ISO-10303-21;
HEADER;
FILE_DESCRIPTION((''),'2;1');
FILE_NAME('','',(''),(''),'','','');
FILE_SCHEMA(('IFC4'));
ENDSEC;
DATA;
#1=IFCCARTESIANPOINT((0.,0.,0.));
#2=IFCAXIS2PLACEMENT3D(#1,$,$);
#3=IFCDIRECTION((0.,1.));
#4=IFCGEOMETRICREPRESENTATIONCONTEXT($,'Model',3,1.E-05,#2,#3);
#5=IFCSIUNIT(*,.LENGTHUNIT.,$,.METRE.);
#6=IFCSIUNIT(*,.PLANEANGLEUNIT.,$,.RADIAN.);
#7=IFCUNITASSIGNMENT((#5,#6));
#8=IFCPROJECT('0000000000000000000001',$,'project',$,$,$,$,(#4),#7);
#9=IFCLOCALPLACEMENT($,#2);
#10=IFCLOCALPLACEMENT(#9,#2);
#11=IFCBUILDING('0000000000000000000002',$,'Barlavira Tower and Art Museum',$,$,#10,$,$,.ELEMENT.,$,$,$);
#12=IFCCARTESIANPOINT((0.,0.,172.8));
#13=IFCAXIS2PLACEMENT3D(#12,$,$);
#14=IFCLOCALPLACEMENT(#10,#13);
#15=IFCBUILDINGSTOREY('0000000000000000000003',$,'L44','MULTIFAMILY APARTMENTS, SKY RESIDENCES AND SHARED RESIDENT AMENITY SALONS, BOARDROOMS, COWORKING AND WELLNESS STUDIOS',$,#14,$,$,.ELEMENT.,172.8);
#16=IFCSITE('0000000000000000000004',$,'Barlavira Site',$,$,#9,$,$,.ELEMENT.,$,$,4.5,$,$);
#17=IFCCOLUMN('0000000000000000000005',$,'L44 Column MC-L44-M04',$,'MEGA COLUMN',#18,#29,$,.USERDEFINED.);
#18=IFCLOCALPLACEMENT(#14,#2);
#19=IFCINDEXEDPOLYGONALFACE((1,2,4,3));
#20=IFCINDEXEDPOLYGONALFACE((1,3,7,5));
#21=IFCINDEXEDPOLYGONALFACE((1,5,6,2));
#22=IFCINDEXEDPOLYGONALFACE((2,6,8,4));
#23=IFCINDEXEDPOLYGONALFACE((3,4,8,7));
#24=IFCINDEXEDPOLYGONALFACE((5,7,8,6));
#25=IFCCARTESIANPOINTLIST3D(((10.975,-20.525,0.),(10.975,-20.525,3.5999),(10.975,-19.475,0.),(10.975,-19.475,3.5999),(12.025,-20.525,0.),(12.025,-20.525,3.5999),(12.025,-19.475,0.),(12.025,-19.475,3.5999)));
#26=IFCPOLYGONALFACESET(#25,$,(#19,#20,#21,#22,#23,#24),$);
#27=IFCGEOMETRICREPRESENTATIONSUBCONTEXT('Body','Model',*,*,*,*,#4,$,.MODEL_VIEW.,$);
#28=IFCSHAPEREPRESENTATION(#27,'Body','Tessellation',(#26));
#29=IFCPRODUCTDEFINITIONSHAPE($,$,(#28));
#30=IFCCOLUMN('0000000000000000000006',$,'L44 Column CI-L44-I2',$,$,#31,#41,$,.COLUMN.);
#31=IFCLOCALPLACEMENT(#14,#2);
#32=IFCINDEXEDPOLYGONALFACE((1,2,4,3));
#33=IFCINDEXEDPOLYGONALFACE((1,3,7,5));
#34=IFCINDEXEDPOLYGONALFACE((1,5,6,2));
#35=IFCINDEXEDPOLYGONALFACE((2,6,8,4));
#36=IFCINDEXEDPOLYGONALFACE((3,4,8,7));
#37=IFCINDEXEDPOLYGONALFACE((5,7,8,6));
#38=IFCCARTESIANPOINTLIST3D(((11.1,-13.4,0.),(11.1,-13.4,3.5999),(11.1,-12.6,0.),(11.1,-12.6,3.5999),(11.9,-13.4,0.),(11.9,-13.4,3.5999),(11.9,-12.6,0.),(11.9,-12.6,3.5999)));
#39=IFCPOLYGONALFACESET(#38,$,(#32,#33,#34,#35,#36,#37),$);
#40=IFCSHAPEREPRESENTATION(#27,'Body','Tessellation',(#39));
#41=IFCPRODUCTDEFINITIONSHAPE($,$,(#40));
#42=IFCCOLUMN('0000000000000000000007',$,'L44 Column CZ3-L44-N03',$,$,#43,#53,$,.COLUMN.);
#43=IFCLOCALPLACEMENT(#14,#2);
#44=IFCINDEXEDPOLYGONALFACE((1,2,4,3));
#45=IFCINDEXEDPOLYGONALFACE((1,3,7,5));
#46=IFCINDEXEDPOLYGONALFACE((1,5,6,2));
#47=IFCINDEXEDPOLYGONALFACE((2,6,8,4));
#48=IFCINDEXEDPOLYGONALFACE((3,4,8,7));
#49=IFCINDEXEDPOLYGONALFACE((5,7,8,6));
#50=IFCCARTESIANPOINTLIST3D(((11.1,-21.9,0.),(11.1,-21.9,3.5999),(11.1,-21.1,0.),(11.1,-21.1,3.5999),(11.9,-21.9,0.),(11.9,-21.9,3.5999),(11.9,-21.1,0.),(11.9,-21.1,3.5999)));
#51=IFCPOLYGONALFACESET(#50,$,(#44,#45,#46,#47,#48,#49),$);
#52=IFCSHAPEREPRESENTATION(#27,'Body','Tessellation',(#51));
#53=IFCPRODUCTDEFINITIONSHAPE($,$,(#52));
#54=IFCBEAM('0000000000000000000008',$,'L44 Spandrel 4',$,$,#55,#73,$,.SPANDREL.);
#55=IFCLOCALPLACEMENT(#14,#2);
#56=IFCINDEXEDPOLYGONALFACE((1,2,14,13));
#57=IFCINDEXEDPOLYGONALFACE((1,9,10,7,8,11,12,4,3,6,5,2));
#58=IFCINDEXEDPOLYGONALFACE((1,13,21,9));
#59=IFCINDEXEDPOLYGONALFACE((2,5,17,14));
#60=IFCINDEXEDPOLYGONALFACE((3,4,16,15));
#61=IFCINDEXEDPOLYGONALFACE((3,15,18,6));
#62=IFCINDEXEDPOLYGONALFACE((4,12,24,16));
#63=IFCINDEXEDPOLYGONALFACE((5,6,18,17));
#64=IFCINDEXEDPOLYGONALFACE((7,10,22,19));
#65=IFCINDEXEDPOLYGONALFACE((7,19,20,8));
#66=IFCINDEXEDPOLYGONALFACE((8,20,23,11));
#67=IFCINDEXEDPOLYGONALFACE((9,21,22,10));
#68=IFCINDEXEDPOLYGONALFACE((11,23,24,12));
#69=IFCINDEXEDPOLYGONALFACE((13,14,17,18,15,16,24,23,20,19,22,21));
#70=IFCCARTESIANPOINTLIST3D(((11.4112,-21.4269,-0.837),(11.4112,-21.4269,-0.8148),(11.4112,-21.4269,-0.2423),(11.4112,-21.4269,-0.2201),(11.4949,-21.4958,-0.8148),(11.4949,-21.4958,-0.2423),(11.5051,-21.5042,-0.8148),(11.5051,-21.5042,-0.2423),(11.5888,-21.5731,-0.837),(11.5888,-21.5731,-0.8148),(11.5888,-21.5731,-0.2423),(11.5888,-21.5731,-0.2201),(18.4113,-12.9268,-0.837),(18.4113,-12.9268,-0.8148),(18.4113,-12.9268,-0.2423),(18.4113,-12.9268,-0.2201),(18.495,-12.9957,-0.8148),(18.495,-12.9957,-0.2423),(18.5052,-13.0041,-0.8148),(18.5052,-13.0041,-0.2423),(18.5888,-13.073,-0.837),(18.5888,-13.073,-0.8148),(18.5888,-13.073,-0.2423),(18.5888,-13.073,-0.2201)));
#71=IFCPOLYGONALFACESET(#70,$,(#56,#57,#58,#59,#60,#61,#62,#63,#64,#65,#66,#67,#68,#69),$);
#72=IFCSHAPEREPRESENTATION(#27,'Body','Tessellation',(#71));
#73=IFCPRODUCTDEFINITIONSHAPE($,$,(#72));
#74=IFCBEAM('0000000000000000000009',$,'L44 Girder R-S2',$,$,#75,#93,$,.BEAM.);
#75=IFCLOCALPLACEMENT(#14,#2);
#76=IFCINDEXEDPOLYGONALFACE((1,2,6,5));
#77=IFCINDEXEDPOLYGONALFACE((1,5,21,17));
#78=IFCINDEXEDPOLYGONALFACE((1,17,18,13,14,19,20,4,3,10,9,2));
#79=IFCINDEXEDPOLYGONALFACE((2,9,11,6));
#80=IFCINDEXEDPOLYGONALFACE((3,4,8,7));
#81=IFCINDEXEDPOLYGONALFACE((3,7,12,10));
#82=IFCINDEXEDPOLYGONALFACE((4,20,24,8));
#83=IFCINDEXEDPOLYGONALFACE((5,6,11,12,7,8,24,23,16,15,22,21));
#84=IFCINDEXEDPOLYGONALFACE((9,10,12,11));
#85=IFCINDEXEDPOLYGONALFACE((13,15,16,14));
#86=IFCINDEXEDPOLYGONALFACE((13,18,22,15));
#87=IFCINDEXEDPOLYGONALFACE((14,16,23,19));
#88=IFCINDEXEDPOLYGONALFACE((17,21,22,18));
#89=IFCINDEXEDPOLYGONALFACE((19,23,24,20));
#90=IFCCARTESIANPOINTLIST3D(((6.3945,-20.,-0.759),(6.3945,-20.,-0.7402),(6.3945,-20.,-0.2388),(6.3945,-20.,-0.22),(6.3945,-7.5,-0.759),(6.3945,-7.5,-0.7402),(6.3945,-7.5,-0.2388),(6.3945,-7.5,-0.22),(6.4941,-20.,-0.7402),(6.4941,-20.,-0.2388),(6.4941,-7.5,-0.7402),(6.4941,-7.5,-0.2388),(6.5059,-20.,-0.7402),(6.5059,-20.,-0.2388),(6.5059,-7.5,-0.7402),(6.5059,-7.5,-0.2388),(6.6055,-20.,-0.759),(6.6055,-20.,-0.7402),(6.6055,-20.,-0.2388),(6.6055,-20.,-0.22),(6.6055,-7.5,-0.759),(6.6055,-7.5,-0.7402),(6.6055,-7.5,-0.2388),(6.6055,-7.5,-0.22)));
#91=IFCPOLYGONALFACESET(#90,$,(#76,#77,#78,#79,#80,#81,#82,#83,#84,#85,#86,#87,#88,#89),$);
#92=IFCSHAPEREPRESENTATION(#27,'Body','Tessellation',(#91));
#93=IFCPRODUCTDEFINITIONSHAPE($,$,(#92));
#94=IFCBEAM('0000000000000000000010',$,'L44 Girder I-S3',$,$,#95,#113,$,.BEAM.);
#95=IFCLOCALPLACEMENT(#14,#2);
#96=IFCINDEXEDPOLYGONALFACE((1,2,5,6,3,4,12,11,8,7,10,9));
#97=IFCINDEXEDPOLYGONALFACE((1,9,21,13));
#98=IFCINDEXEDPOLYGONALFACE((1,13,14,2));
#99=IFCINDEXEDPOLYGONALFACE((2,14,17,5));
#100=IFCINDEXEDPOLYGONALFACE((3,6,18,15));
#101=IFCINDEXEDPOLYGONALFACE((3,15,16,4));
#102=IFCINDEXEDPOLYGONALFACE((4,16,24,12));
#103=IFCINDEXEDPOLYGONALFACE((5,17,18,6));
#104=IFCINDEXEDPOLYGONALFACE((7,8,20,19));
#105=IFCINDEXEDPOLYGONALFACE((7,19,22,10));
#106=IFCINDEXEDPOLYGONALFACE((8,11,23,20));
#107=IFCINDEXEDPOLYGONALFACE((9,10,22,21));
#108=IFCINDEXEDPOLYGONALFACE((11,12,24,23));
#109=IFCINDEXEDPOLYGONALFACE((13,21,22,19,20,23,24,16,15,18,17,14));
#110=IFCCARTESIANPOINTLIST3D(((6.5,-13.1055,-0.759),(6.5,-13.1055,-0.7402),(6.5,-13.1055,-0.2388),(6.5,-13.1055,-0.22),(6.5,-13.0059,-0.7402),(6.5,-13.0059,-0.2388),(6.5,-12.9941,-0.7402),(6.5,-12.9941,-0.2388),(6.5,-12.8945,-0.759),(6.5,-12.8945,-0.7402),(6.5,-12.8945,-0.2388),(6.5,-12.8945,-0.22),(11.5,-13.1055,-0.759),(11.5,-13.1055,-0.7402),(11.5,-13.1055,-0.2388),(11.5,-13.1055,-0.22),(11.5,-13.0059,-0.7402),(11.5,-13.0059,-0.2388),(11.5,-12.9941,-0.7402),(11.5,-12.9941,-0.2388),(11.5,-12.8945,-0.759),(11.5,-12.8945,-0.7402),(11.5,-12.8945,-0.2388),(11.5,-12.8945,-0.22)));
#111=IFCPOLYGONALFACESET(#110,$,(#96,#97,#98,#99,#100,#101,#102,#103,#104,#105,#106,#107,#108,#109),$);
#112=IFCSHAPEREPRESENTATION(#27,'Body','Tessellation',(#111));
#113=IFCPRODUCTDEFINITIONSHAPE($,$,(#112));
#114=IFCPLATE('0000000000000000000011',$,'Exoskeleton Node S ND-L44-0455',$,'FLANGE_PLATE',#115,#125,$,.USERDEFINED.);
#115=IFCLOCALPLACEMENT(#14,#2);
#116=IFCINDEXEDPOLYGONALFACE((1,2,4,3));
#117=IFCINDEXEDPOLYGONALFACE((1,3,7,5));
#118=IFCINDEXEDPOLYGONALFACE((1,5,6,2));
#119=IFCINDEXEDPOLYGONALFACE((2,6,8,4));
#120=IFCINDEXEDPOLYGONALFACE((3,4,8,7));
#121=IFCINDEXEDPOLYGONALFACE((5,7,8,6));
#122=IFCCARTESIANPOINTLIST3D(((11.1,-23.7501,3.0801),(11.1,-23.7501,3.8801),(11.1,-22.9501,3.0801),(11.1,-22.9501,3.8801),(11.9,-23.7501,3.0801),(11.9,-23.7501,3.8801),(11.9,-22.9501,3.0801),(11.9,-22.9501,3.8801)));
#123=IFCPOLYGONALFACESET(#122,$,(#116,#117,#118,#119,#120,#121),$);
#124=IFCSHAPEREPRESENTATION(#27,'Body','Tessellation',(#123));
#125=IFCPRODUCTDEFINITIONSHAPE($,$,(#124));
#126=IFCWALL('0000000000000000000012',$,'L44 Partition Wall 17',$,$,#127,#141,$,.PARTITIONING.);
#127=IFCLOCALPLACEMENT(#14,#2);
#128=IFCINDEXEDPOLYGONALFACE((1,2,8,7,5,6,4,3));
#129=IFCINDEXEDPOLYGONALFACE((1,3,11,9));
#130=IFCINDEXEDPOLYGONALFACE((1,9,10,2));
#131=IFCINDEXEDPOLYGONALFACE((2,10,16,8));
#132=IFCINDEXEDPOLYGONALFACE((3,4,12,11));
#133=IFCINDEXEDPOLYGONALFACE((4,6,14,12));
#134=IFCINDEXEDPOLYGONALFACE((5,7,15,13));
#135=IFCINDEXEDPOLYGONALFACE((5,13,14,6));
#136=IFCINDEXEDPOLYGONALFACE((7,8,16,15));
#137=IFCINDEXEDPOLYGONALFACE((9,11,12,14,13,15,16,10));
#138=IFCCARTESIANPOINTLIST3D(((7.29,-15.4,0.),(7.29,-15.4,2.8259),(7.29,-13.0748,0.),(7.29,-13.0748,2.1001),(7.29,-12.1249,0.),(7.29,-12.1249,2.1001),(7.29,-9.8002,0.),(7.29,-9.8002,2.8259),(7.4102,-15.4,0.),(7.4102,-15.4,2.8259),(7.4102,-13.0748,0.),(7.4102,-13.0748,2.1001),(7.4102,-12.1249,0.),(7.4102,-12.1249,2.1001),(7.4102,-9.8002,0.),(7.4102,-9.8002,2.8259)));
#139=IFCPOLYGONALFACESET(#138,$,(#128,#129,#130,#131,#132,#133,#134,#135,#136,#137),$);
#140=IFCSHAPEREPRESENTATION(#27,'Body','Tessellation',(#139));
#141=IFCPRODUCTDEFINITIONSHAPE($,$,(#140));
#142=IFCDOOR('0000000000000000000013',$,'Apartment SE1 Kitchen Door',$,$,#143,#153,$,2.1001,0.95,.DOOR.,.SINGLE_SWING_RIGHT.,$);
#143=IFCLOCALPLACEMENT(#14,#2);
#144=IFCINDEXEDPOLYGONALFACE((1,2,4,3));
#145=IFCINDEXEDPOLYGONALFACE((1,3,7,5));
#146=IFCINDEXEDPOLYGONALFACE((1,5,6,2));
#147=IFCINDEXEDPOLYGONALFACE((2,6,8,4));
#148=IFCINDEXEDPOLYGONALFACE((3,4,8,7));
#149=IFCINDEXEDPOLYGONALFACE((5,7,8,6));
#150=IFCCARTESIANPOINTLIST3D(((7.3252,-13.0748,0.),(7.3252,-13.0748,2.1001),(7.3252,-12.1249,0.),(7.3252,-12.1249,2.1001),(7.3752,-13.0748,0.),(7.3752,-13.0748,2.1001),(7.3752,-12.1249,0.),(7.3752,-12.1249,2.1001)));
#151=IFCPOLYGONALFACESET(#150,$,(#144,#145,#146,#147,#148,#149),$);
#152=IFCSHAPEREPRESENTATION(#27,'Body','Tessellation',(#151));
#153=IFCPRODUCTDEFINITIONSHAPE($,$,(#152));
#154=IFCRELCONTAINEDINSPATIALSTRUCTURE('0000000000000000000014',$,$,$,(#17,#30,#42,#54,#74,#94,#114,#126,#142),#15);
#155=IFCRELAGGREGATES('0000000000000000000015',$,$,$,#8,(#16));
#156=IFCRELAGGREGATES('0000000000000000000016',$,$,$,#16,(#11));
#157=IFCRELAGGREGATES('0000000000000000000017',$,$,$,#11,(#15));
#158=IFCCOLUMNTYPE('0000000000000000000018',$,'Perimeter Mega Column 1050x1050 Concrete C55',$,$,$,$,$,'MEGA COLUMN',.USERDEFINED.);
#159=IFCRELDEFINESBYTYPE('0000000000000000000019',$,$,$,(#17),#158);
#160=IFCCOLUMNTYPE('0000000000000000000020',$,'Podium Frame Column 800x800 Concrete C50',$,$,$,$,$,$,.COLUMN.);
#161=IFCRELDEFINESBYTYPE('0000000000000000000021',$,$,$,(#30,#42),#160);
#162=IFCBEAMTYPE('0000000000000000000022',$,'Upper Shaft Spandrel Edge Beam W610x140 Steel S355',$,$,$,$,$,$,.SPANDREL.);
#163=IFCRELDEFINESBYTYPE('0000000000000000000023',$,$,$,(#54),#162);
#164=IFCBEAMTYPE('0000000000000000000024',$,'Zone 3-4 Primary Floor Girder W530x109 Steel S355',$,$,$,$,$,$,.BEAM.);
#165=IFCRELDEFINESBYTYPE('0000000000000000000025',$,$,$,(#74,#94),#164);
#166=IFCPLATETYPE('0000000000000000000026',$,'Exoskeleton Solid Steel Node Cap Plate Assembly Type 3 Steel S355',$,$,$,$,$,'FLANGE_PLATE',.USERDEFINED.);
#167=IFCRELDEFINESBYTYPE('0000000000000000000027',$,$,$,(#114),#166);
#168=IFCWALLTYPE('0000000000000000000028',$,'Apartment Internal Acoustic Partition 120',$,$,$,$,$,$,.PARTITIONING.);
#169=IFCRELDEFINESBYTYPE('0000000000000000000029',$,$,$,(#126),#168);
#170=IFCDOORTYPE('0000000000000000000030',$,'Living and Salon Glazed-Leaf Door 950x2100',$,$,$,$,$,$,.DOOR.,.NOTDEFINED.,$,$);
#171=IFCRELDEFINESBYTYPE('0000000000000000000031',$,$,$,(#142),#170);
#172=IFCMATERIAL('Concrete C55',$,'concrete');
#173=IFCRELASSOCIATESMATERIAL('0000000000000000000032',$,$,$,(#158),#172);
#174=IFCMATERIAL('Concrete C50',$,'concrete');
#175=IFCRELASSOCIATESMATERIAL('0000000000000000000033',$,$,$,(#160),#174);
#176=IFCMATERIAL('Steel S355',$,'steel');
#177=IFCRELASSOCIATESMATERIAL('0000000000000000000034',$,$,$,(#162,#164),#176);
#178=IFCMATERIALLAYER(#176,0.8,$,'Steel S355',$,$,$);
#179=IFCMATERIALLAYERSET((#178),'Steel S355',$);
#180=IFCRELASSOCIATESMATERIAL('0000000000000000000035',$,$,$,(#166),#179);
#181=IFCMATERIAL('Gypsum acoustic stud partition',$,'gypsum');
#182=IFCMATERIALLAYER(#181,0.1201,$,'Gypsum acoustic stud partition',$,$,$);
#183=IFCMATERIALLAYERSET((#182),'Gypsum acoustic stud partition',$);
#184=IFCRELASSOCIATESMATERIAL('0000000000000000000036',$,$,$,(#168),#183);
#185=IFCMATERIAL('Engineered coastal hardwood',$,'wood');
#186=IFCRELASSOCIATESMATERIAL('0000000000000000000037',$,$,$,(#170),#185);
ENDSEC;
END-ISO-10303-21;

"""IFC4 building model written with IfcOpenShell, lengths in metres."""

from ifc_helpers import new_model, si_unit, direction, frame, frame_2d, origin, origin_2d, place, context, subcontext, project, spatial, rectangle, i_section, extrude, material, layer, layer_set, material_profile, profile_set, type_object, element, fill, save


model = new_model("IFC4")

# Units and contexts
model_context = context("Model", 3, precision=1e-05, world=origin(), true_north=direction((0.0, 1.0)))
body_context = subcontext(model_context, "Body", "Model", "MODEL_VIEW")
ifc_project = project(units=[si_unit("LENGTHUNIT", "METRE"), si_unit("PLANEANGLEUNIT", "RADIAN")], contexts=[model_context])

# Site, building, storey
site_placement = place(None, origin())
site = spatial("IfcSite", under=ifc_project, at=site_placement, Name="Barlavira Site", CompositionType="ELEMENT", RefElevation=4.5)
building_placement = place(site_placement, origin())
building = spatial("IfcBuilding", under=site, at=building_placement, Name="Barlavira Tower and Art Museum", CompositionType="ELEMENT")
storey_placement = place(building_placement, frame((0.0, 0.0, 172.8)))
storey = spatial("IfcBuildingStorey", under=building, at=storey_placement, Name="L44", Description="MULTIFAMILY APARTMENTS, SKY RESIDENCES AND SHARED RESIDENT AMENITY SALONS, BOARDROOMS, COWORKING AND WELLNESS STUDIOS", CompositionType="ELEMENT", Elevation=172.8)

# Columns
ifc_material_1 = material(Name="Concrete C55", Category="concrete")
ifc_material_profile_1 = material_profile(ifc_material_1, rectangle(XDim=1.05, YDim=1.05, at=origin_2d()), Name="RC-COL 1050x1050")
ifc_profile_set_1 = profile_set([ifc_material_profile_1], Name="Concrete C55")
column_type_1 = type_object("IfcColumnType", Name="Perimeter Mega Column 1050x1050 Concrete C55", ElementType="MEGA COLUMN", PredefinedType="USERDEFINED", material=ifc_profile_set_1)
column_placement = place(storey_placement, frame((11.5, -20.0, 0.0), z_axis=(0.0, 0.0, 1.0), x_axis=(1.0, 0.0, 0.0)))
element("IfcColumn", 1, at=column_placement, inside=storey, type_object=column_type_1, Name="L44 Column MC-L44-M04", ObjectType="MEGA COLUMN", PredefinedType="USERDEFINED", context=body_context, shape_type="SweptSolid", body=[
    extrude(rectangle(XDim=1.05, YDim=1.05, at=origin_2d()), origin(), (0.0, 0.0, 1.0), 3.5999),
])
ifc_material_2 = material(Name="Concrete C50", Category="concrete")
ifc_material_profile_2 = material_profile(ifc_material_2, rectangle(XDim=0.8, YDim=0.8, at=origin_2d()), Name="RC-COL 800x800")
ifc_profile_set_2 = profile_set([ifc_material_profile_2], Name="Concrete C50")
column_type_2 = type_object("IfcColumnType", Name="Podium Frame Column 800x800 Concrete C50", PredefinedType="COLUMN", material=ifc_profile_set_2)
for number, where, z_axis, x_axis, name in (
    (2, (11.5, -13.0, 0.0), (0.0, 0.0, 1.0), (1.0, 0.0, 0.0), "L44 Column CI-L44-I2"),
    (3, (11.5, -21.5, 0.0), (0.0, 0.0, 1.0), (1.0, 0.0, 0.0), "L44 Column CZ3-L44-N03"),
):
    element("IfcColumn", number, at=place(storey_placement, frame(where, z_axis=z_axis, x_axis=x_axis)), inside=storey, type_object=column_type_2, Name=name, PredefinedType="COLUMN", context=body_context, shape_type="SweptSolid", body=[
        extrude(rectangle(XDim=0.8, YDim=0.8, at=origin_2d()), origin(), (0.0, 0.0, 1.0), 3.5999),
    ])

# Beams
ifc_material_3 = material(Name="Steel S355", Category="steel")
ifc_material_profile_3 = material_profile(ifc_material_3, i_section(OverallWidth=0.23, OverallDepth=0.6169, WebThickness=0.0132, FlangeThickness=0.0222, at=origin_2d()), Name="W610x140.0")
ifc_profile_set_3 = profile_set([ifc_material_profile_3], Name="Steel S355")
beam_type_1 = type_object("IfcBeamType", Name="Upper Shaft Spandrel Edge Beam W610x140 Steel S355", PredefinedType="SPANDREL", material=ifc_profile_set_3)
beam_1_placement = place(storey_placement, frame((11.5, -21.5, -0.5286), z_axis=(0.635707, 0.77193, 0.0), x_axis=(-0.77193, 0.635707, 0.0)))
element("IfcBeam", 4, at=beam_1_placement, inside=storey, type_object=beam_type_1, Name="L44 Spandrel 4", PredefinedType="SPANDREL", context=body_context, shape_type="SweptSolid", body=[
    extrude(i_section(OverallWidth=0.23, OverallDepth=0.6169, WebThickness=0.0132, FlangeThickness=0.0222, at=origin_2d()), origin(), (0.0, 0.0, 1.0), 11.0115),
])
ifc_material_profile_4 = material_profile(ifc_material_3, i_section(OverallWidth=0.2109, OverallDepth=0.5391, WebThickness=0.0117, FlangeThickness=0.0188, at=origin_2d()), Name="W530x109.0")
ifc_profile_set_4 = profile_set([ifc_material_profile_4], Name="Steel S355")
beam_type_2 = type_object("IfcBeamType", Name="Zone 3-4 Primary Floor Girder W530x109 Steel S355", PredefinedType="BEAM", material=ifc_profile_set_4)
beam_2_placement = place(storey_placement, frame((6.5, -20.0, -0.4895), z_axis=(0.0, 1.0, 0.0), x_axis=(-1.0, 0.0, 0.0)))
element("IfcBeam", 5, at=beam_2_placement, inside=storey, type_object=beam_type_2, Name="L44 Girder R-S2", PredefinedType="BEAM", context=body_context, shape_type="SweptSolid", body=[
    extrude(i_section(OverallWidth=0.2109, OverallDepth=0.5391, WebThickness=0.0117, FlangeThickness=0.0188, at=origin_2d()), origin(), (0.0, 0.0, 1.0), 12.5),
])
beam_3_placement = place(storey_placement, frame((6.5, -13.0, -0.4895), z_axis=(1.0, 0.0, 0.0), x_axis=(0.0, 1.0, 0.0)))
element("IfcBeam", 6, at=beam_3_placement, inside=storey, type_object=beam_type_2, Name="L44 Girder I-S3", PredefinedType="BEAM", context=body_context, shape_type="SweptSolid", body=[
    extrude(i_section(OverallWidth=0.2109, OverallDepth=0.5391, WebThickness=0.0117, FlangeThickness=0.0188, at=origin_2d()), origin(), (0.0, 0.0, 1.0), 5.0),
])

# Plate
ifc_layer_1 = layer(ifc_material_3, 0.8, Name="Steel S355")
ifc_layer_set_1 = layer_set([ifc_layer_1], Name="Steel S355")
plate_type = type_object("IfcPlateType", Name="Exoskeleton Solid Steel Node Cap Plate Assembly Type 3 Steel S355", ElementType="FLANGE_PLATE", PredefinedType="USERDEFINED", material=ifc_layer_set_1)
plate_placement = place(storey_placement, frame((11.5, -23.3501, 3.0801), z_axis=(0.0, 0.0, 1.0), x_axis=(1.0, 0.0, 0.0)))
element("IfcPlate", 7, at=plate_placement, inside=storey, type_object=plate_type, Name="Exoskeleton Node S ND-L44-0455", ObjectType="FLANGE_PLATE", PredefinedType="USERDEFINED", context=body_context, shape_type="SweptSolid", body=[
    extrude(rectangle(XDim=0.8, YDim=0.8, at=origin_2d()), origin(), (0.0, 0.0, 1.0), 0.8),
])

# Wall, opening, door
ifc_material_4 = material(Name="Gypsum acoustic stud partition", Category="gypsum")
ifc_layer_2 = layer(ifc_material_4, 0.1201, Name="Gypsum acoustic stud partition")
ifc_layer_set_2 = layer_set([ifc_layer_2], Name="Gypsum acoustic stud partition")
wall_type_1 = type_object("IfcWallType", Name="Apartment Internal Acoustic Partition 120", PredefinedType="PARTITIONING", material=ifc_layer_set_2)
wall_1_placement = place(storey_placement, frame((7.3501, -15.3999, 0.0), z_axis=(0.0, 0.0, 1.0), x_axis=(0.0, 1.0, 0.0)))
wall_1 = element("IfcWall", 8, at=wall_1_placement, inside=storey, type_object=wall_type_1, Name="L44 Partition Wall 17", PredefinedType="PARTITIONING", context=body_context, shape_type="SweptSolid", body=[
    extrude(rectangle(XDim=5.5999, YDim=0.1201, at=frame_2d((2.7998, 0.0))), origin(), (0.0, 0.0, 1.0), 2.8259),
])
opening_1_placement = place(wall_1_placement, frame((2.325, 0.0, 0.0)))
opening_1 = element("IfcOpeningElement", 9, at=opening_1_placement, cuts=wall_1, PredefinedType="OPENING", context=body_context, shape_type="SweptSolid", body=[
    extrude(rectangle(XDim=0.95, YDim=2.1001, at=frame_2d((0.4751, 1.05))), frame((0.0, 0.0701, 0.0), z_axis=(0.0, -1.0, 0.0), x_axis=(1.0, 0.0, 0.0)), (0.0, 0.0, 1.0), 0.1401),
])
ifc_material_5 = material(Name="Engineered coastal hardwood", Category="wood")
door_type_1 = type_object("IfcDoorType", Name="Living and Salon Glazed-Leaf Door 950x2100", OperationType="NOTDEFINED", PredefinedType="DOOR", material=ifc_material_5)
door_1_placement = place(opening_1_placement, origin())
door_1 = element("IfcDoor", 10, at=door_1_placement, inside=storey, type_object=door_type_1, Name="Apartment SE1 Kitchen Door", OperationType="SINGLE_SWING_RIGHT", OverallHeight=2.1001, OverallWidth=0.95, PredefinedType="DOOR", context=body_context, shape_type="SweptSolid", body=[
    extrude(rectangle(XDim=0.95, YDim=2.1001, at=frame_2d((0.4751, 1.05))), frame((0.0, 0.0249, 0.0), z_axis=(0.0, -1.0, 0.0), x_axis=(1.0, 0.0, 0.0)), (0.0, 0.0, 1.0), 0.05),
])
fill(opening_1, door_1)

save(model, "model.ifc")
